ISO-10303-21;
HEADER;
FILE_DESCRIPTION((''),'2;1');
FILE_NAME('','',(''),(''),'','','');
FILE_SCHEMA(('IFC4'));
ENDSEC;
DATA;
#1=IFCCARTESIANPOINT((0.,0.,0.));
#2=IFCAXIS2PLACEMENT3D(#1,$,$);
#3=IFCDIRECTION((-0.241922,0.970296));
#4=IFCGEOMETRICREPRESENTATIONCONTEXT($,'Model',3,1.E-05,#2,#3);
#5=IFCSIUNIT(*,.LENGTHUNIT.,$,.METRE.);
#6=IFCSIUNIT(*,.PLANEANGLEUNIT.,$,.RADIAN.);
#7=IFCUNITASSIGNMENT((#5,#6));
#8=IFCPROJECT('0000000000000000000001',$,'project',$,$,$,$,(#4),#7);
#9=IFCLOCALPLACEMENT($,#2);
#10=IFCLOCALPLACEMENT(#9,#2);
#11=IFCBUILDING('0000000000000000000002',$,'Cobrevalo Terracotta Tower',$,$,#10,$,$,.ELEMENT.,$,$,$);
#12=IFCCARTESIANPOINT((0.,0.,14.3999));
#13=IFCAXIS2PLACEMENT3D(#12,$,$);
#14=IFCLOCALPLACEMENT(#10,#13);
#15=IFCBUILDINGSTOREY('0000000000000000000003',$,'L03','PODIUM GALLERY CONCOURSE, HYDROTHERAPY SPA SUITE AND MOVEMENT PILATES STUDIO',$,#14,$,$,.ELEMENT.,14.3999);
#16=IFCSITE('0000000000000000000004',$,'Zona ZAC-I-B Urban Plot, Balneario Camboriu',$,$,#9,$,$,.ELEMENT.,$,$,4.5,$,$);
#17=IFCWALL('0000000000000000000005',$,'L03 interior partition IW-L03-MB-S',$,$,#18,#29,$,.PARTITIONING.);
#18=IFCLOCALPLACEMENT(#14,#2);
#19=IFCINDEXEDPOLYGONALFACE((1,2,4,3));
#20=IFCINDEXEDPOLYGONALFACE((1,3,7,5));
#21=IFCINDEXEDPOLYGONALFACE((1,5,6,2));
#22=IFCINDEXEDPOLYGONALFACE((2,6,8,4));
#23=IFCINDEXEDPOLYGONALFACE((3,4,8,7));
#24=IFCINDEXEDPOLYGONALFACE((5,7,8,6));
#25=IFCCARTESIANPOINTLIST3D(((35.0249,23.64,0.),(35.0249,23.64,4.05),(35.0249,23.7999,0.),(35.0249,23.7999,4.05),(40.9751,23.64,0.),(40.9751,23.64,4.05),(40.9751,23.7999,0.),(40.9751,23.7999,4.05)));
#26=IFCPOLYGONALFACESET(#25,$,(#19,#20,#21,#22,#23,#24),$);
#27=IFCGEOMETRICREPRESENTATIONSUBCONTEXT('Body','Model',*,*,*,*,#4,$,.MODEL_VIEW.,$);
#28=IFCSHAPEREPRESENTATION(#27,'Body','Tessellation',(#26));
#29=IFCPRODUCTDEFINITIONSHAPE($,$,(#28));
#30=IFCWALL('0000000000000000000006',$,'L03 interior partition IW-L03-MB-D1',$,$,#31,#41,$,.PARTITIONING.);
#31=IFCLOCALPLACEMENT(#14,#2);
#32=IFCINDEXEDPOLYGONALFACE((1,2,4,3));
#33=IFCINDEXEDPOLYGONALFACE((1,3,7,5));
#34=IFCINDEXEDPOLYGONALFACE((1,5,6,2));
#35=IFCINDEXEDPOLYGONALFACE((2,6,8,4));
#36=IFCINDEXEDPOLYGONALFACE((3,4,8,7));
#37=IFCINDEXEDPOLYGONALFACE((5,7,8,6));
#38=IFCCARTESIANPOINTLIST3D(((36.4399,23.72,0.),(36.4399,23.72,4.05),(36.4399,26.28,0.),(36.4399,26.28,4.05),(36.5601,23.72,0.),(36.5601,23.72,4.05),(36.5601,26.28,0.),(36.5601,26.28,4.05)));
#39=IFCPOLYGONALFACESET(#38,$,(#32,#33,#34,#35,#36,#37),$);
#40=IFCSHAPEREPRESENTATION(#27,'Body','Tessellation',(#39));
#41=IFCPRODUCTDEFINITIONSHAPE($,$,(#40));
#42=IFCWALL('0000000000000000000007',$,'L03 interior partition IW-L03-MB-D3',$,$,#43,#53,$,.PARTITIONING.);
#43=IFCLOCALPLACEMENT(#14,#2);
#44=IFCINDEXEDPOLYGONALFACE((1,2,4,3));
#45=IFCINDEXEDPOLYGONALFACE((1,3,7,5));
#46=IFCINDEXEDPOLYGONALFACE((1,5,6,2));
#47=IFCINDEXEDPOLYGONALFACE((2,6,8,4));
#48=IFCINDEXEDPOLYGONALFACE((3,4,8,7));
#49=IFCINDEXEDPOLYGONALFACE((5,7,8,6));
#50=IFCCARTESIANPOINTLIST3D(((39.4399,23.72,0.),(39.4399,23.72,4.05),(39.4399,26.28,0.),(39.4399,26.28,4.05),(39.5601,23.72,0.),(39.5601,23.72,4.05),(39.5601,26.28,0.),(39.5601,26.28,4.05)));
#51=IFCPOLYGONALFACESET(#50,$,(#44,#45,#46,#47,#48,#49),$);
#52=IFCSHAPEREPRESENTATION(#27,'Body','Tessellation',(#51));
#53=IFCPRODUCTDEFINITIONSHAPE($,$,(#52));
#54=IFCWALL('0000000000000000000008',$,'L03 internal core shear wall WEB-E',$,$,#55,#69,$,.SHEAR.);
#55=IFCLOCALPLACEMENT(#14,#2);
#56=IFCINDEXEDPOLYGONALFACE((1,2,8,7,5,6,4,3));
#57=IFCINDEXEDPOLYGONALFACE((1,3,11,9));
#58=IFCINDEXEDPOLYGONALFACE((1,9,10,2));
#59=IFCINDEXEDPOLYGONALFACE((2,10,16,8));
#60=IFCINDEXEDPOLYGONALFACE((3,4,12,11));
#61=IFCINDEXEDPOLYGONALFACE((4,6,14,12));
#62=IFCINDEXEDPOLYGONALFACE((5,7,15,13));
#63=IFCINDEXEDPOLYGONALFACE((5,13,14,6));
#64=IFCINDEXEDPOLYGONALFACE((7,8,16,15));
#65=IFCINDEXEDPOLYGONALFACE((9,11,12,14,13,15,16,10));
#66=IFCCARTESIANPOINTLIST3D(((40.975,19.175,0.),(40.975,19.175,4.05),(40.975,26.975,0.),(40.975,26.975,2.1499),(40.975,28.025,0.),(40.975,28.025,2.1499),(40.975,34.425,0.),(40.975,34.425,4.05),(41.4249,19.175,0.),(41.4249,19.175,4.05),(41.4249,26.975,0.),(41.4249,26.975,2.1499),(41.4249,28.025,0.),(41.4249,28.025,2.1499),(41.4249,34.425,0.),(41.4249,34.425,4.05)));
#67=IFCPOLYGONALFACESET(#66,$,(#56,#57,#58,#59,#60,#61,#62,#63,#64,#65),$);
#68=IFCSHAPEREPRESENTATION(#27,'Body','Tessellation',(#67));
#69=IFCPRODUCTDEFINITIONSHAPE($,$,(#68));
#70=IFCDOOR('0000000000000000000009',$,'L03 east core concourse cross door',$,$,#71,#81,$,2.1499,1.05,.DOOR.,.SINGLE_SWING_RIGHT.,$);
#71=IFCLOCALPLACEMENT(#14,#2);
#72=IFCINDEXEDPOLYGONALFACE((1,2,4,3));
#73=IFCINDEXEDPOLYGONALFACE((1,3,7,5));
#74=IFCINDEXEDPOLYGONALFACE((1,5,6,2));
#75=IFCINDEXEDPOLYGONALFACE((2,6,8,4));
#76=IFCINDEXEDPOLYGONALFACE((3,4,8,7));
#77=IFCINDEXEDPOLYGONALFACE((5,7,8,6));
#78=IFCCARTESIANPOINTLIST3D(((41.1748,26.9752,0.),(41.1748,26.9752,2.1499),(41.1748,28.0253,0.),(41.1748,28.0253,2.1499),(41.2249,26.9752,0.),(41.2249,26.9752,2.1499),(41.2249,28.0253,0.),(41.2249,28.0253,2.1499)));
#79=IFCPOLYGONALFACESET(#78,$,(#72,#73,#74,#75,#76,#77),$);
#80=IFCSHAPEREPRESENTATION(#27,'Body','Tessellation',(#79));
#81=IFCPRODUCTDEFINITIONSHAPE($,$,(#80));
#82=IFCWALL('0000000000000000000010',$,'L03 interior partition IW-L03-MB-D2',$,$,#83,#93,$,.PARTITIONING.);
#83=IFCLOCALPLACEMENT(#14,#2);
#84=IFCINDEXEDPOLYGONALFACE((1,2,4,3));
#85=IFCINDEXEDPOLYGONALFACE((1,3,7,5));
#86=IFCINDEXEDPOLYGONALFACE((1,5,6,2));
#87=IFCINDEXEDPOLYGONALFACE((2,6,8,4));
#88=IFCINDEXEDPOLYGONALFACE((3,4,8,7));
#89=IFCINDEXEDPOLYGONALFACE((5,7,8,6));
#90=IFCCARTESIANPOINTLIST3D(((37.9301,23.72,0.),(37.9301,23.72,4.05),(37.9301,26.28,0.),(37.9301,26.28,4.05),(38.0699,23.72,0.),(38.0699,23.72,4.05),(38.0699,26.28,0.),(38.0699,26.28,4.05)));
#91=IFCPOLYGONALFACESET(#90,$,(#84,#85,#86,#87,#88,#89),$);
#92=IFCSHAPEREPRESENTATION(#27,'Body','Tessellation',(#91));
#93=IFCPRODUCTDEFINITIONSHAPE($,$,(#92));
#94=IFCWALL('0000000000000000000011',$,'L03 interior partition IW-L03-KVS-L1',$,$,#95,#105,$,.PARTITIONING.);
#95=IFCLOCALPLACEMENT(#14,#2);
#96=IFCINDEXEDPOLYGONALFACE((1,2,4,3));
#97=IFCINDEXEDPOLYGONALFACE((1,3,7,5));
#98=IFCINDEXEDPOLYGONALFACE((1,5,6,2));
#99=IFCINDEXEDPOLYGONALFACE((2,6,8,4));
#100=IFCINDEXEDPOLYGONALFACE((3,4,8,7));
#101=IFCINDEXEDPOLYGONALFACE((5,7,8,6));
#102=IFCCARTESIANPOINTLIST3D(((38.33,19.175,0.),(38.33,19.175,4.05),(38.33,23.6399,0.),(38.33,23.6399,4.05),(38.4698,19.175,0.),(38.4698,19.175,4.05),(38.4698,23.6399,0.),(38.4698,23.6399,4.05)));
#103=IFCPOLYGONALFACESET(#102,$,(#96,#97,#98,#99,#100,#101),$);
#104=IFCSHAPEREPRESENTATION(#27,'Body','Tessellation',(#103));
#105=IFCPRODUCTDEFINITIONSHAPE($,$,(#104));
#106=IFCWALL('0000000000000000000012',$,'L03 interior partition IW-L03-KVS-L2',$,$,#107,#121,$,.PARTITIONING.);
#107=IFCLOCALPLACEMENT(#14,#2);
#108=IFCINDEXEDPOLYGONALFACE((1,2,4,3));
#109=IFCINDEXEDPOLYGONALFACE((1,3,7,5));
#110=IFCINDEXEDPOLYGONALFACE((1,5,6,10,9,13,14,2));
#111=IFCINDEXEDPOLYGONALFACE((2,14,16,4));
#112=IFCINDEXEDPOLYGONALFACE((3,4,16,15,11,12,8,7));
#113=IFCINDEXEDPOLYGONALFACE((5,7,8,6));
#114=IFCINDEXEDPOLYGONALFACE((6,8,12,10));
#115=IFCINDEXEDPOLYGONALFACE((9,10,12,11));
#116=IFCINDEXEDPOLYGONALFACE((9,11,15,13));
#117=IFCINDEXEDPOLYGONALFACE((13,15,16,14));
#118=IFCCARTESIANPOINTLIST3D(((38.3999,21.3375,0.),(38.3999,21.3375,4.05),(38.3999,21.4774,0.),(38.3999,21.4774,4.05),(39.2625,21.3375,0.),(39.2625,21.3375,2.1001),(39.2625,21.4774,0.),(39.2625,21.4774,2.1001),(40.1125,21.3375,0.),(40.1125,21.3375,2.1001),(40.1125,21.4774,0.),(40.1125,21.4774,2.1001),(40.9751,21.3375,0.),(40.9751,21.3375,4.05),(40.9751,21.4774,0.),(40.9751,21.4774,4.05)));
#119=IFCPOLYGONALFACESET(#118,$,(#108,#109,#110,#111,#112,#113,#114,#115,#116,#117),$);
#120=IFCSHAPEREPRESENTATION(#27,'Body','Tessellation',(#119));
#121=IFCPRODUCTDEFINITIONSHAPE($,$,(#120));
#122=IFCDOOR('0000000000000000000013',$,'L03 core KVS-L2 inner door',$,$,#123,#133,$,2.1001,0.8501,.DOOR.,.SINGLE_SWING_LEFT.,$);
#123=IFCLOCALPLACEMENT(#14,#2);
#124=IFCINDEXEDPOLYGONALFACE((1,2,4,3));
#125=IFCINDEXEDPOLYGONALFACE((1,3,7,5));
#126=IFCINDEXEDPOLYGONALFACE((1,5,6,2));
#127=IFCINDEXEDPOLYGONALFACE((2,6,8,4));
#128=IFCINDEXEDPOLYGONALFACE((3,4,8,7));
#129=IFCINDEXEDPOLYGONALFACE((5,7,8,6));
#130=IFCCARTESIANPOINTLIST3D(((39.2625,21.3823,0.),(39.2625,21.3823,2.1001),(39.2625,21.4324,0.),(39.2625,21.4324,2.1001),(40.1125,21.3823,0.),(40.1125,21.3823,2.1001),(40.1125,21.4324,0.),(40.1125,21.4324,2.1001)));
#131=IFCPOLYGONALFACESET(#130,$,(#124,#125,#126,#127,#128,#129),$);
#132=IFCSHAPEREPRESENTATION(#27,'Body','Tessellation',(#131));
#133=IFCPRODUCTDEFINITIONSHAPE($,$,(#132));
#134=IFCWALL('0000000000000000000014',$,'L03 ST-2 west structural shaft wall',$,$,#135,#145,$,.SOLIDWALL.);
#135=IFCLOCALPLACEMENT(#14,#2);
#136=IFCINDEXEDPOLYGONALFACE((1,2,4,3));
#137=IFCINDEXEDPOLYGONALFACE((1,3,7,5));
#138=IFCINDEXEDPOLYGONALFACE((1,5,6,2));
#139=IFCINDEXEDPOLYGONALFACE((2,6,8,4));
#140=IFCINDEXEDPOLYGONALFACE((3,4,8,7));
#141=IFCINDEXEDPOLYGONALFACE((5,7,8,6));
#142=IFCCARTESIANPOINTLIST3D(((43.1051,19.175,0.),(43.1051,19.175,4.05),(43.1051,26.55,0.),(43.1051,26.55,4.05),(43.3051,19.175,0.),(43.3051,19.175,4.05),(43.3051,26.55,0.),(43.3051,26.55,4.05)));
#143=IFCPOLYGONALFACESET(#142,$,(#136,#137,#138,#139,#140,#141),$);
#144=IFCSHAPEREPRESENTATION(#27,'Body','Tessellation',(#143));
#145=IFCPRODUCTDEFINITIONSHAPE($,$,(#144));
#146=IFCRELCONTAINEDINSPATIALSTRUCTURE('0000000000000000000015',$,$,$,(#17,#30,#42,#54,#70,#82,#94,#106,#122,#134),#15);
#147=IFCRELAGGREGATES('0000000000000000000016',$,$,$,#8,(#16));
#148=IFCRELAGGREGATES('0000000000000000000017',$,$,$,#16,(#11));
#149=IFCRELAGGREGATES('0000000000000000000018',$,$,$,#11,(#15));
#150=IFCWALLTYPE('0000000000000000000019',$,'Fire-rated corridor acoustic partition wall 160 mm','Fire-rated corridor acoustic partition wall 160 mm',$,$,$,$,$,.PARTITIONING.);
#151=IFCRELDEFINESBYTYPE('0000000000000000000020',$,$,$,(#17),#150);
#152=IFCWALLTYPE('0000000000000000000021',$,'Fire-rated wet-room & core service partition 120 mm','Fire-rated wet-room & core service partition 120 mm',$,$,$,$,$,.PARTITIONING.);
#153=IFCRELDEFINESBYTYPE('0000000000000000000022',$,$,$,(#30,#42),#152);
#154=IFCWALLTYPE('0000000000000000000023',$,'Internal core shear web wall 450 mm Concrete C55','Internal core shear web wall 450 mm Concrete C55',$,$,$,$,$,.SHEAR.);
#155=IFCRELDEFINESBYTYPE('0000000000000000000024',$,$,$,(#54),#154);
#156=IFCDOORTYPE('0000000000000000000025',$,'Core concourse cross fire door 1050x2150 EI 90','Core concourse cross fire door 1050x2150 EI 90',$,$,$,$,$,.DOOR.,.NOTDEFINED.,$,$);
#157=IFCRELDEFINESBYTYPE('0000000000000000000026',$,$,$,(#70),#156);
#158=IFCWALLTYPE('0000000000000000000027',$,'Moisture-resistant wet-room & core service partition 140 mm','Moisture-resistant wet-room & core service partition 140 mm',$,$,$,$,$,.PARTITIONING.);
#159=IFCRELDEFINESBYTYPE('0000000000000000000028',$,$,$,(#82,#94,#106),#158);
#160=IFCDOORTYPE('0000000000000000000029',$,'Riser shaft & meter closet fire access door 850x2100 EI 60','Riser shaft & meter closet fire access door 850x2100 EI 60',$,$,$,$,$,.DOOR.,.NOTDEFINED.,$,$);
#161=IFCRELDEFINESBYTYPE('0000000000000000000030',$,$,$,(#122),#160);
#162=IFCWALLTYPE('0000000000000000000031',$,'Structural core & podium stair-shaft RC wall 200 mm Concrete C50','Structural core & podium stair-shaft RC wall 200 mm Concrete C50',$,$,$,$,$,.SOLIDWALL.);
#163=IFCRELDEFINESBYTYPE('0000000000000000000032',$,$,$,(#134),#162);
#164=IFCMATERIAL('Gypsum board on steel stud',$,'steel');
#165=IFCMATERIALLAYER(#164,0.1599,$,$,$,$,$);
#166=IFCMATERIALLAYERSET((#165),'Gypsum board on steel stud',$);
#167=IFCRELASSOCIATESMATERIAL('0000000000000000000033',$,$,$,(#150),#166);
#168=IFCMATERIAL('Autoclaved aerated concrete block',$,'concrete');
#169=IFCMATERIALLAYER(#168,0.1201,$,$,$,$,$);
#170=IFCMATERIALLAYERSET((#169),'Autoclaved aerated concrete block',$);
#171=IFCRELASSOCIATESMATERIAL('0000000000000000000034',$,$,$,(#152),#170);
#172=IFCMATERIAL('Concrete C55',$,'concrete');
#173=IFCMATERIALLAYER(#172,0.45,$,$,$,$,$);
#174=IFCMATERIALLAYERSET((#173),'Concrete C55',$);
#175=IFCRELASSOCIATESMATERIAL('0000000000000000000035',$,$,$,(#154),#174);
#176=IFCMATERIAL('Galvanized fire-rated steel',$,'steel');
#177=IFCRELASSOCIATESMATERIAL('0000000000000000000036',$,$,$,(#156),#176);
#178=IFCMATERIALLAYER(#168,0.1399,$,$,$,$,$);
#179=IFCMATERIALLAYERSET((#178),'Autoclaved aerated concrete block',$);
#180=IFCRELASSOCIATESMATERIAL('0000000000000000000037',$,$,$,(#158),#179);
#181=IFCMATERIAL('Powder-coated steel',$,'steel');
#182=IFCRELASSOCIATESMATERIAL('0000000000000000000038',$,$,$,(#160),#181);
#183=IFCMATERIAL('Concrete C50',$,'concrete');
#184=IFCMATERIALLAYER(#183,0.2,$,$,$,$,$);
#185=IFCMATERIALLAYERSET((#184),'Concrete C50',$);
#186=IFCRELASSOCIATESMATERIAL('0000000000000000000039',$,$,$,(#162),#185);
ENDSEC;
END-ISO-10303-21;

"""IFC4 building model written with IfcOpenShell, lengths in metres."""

from ifc_helpers import new_model, si_unit, direction, frame, frame_2d, origin, place, context, subcontext, project, spatial, rectangle, extrude, source, transform, mapped, material, layer, layer_set, type_object, element, fill, save


model = new_model("IFC4")

# Units and contexts
model_context = context("Model", 3, precision=1e-05, world=origin(), true_north=direction((-0.241922, 0.970296)))
body_context = subcontext(model_context, "Body", "Model", "MODEL_VIEW")
ifc_project = project(units=[si_unit("LENGTHUNIT", "METRE"), si_unit("PLANEANGLEUNIT", "RADIAN")], contexts=[model_context])

# Site, building, storey
site_placement = place(None, origin())
site = spatial("IfcSite", under=ifc_project, at=site_placement, Name="Zona ZAC-I-B Urban Plot, Balneario Camboriu", CompositionType="ELEMENT", RefElevation=4.5)
building_placement = place(site_placement, origin())
building = spatial("IfcBuilding", under=site, at=building_placement, Name="Cobrevalo Terracotta Tower", CompositionType="ELEMENT")
storey_placement = place(building_placement, frame((0.0, 0.0, 14.3999)))
storey = spatial("IfcBuildingStorey", under=building, at=storey_placement, Name="L03", Description="PODIUM GALLERY CONCOURSE, HYDROTHERAPY SPA SUITE AND MOVEMENT PILATES STUDIO", CompositionType="ELEMENT", Elevation=14.3999)

# Walls
ifc_material_1 = material(Name="Gypsum board on steel stud", Category="steel")
ifc_layer_1 = layer(ifc_material_1, 0.1599)
ifc_layer_set_1 = layer_set([ifc_layer_1], Name="Gypsum board on steel stud")
wall_type_1 = type_object("IfcWallType", Name="Fire-rated corridor acoustic partition wall 160 mm", Description="Fire-rated corridor acoustic partition wall 160 mm", PredefinedType="PARTITIONING", material=ifc_layer_set_1)
wall_1_placement = place(storey_placement, frame((35.0249, 23.72, 0.0), z_axis=(0.0, 0.0, 1.0), x_axis=(1.0, 0.0, 0.0)))
element("IfcWall", 1, at=wall_1_placement, inside=storey, type_object=wall_type_1, Name="L03 interior partition IW-L03-MB-S", PredefinedType="PARTITIONING", context=body_context, shape_type="SweptSolid", body=[
    extrude(rectangle(XDim=5.9502, YDim=0.1599, at=frame_2d((2.9751, 0.0))), origin(), (0.0, 0.0, 1.0), 4.05),
])
ifc_material_2 = material(Name="Autoclaved aerated concrete block", Category="concrete")
ifc_layer_2 = layer(ifc_material_2, 0.1201)
ifc_layer_set_2 = layer_set([ifc_layer_2], Name="Autoclaved aerated concrete block")
wall_type_2 = type_object("IfcWallType", Name="Fire-rated wet-room & core service partition 120 mm", Description="Fire-rated wet-room & core service partition 120 mm", PredefinedType="PARTITIONING", material=ifc_layer_set_2)
for number, where, z_axis, x_axis, name in (
    (2, (36.5, 23.72, 0.0), (0.0, 0.0, 1.0), (0.0, 1.0, 0.0), "L03 interior partition IW-L03-MB-D1"),
    (3, (39.5, 23.72, 0.0), (0.0, 0.0, 1.0), (0.0, 1.0, 0.0), "L03 interior partition IW-L03-MB-D3"),
):
    element("IfcWall", number, at=place(storey_placement, frame(where, z_axis=z_axis, x_axis=x_axis)), inside=storey, type_object=wall_type_2, Name=name, PredefinedType="PARTITIONING", context=body_context, shape_type="SweptSolid", body=[
        extrude(rectangle(XDim=2.5601, YDim=0.1201, at=frame_2d((1.28, 0.0))), origin(), (0.0, 0.0, 1.0), 4.05),
    ])

# Wall, opening, door
ifc_material_3 = material(Name="Concrete C55", Category="concrete")
ifc_layer_3 = layer(ifc_material_3, 0.45)
ifc_layer_set_3 = layer_set([ifc_layer_3], Name="Concrete C55")
wall_type_3 = type_object("IfcWallType", Name="Internal core shear web wall 450 mm Concrete C55", Description="Internal core shear web wall 450 mm Concrete C55", PredefinedType="SHEAR", material=ifc_layer_set_3)
wall_2_placement = place(storey_placement, frame((41.2, 19.175, 0.0), z_axis=(0.0, 0.0, 1.0), x_axis=(0.0, 1.0, 0.0)))
wall_2 = element("IfcWall", 4, at=wall_2_placement, inside=storey, type_object=wall_type_3, Name="L03 internal core shear wall WEB-E", PredefinedType="SHEAR", context=body_context, shape_type="SweptSolid", body=[
    extrude(rectangle(XDim=15.25, YDim=0.45, at=frame_2d((7.625, 0.0))), origin(), (0.0, 0.0, 1.0), 4.05),
])
opening_1_placement = place(wall_2_placement, frame((7.8, 0.0, 0.0)))
opening_1 = element("IfcOpeningElement", 5, at=opening_1_placement, cuts=wall_2, PredefinedType="OPENING", context=body_context, shape_type="SweptSolid", body=[
    extrude(rectangle(XDim=1.05, YDim=2.1499, at=frame_2d((0.5249, 1.075))), frame((0.0, 0.2349, 0.0), z_axis=(0.0, -1.0, 0.0), x_axis=(1.0, 0.0, 0.0)), (0.0, 0.0, 1.0), 0.47),
])
ifc_material_4 = material(Name="Galvanized fire-rated steel", Category="steel")
door_type_1 = type_object("IfcDoorType", Name="Core concourse cross fire door 1050x2150 EI 90", Description="Core concourse cross fire door 1050x2150 EI 90", OperationType="NOTDEFINED", PredefinedType="DOOR", material=ifc_material_4)
shared_shape_1 = source(origin(), body_context, "Body", "SweptSolid", [
    extrude(rectangle(XDim=1.05, YDim=2.1499, at=frame_2d((0.5249, 1.075))), frame((0.0, 0.0249, 0.0), z_axis=(0.0, -1.0, 0.0), x_axis=(1.0, 0.0, 0.0)), (0.0, 0.0, 1.0), 0.05),
])
door_1_placement = place(opening_1_placement, frame((1.05, 0.0, 0.0), z_axis=(0.0, 0.0, 1.0), x_axis=(-1.0, 0.0, 0.0)))
door_1 = element("IfcDoor", 6, at=door_1_placement, inside=storey, type_object=door_type_1, Name="L03 east core concourse cross door", OperationType="SINGLE_SWING_RIGHT", OverallHeight=2.1499, OverallWidth=1.05, PredefinedType="DOOR", context=body_context, shape_type="MappedRepresentation", body=[
    mapped(shared_shape_1, transform((0.0, 0.0, 0.0), scale=1.0)),
])
fill(opening_1, door_1)

# Walls
ifc_layer_4 = layer(ifc_material_2, 0.1399)
ifc_layer_set_4 = layer_set([ifc_layer_4], Name="Autoclaved aerated concrete block")
wall_type_4 = type_object("IfcWallType", Name="Moisture-resistant wet-room & core service partition 140 mm", Description="Moisture-resistant wet-room & core service partition 140 mm", PredefinedType="PARTITIONING", material=ifc_layer_set_4)
wall_3_placement = place(storey_placement, frame((38.0, 23.72, 0.0), z_axis=(0.0, 0.0, 1.0), x_axis=(0.0, 1.0, 0.0)))
element("IfcWall", 7, at=wall_3_placement, inside=storey, type_object=wall_type_4, Name="L03 interior partition IW-L03-MB-D2", PredefinedType="PARTITIONING", context=body_context, shape_type="SweptSolid", body=[
    extrude(rectangle(XDim=2.5601, YDim=0.1399, at=frame_2d((1.28, 0.0))), origin(), (0.0, 0.0, 1.0), 4.05),
])
wall_4_placement = place(storey_placement, frame((38.3999, 19.175, 0.0), z_axis=(0.0, 0.0, 1.0), x_axis=(0.0, 1.0, 0.0)))
element("IfcWall", 8, at=wall_4_placement, inside=storey, type_object=wall_type_4, Name="L03 interior partition IW-L03-KVS-L1", PredefinedType="PARTITIONING", context=body_context, shape_type="SweptSolid", body=[
    extrude(rectangle(XDim=4.4648, YDim=0.1399, at=frame_2d((2.2324, 0.0))), origin(), (0.0, 0.0, 1.0), 4.05),
])

# Wall, opening, door
wall_5_placement = place(storey_placement, frame((38.3999, 21.4075, 0.0), z_axis=(0.0, 0.0, 1.0), x_axis=(1.0, 0.0, 0.0)))
wall_5 = element("IfcWall", 9, at=wall_5_placement, inside=storey, type_object=wall_type_4, Name="L03 interior partition IW-L03-KVS-L2", PredefinedType="PARTITIONING", context=body_context, shape_type="SweptSolid", body=[
    extrude(rectangle(XDim=2.5752, YDim=0.1399, at=frame_2d((1.2876, 0.0))), origin(), (0.0, 0.0, 1.0), 4.05),
])
opening_2_placement = place(wall_5_placement, frame((0.8625, 0.0, 0.0)))
opening_2 = element("IfcOpeningElement", 10, at=opening_2_placement, cuts=wall_5, PredefinedType="OPENING", context=body_context, shape_type="SweptSolid", body=[
    extrude(rectangle(XDim=0.8501, YDim=2.1001, at=frame_2d((0.425, 1.05))), frame((0.0, 0.0801, 0.0), z_axis=(0.0, -1.0, 0.0), x_axis=(1.0, 0.0, 0.0)), (0.0, 0.0, 1.0), 0.1599),
])
ifc_material_5 = material(Name="Powder-coated steel", Category="steel")
door_type_2 = type_object("IfcDoorType", Name="Riser shaft & meter closet fire access door 850x2100 EI 60", Description="Riser shaft & meter closet fire access door 850x2100 EI 60", OperationType="NOTDEFINED", PredefinedType="DOOR", material=ifc_material_5)
shared_shape_2 = source(origin(), body_context, "Body", "SweptSolid", [
    extrude(rectangle(XDim=0.8501, YDim=2.1001, at=frame_2d((0.425, 1.05))), frame((0.0, 0.0249, 0.0), z_axis=(0.0, -1.0, 0.0), x_axis=(1.0, 0.0, 0.0)), (0.0, 0.0, 1.0), 0.05),
])
door_2_placement = place(opening_2_placement, origin())
door_2 = element("IfcDoor", 11, at=door_2_placement, inside=storey, type_object=door_type_2, Name="L03 core KVS-L2 inner door", OperationType="SINGLE_SWING_LEFT", OverallHeight=2.1001, OverallWidth=0.8501, PredefinedType="DOOR", context=body_context, shape_type="MappedRepresentation", body=[
    mapped(shared_shape_2, transform((0.0, 0.0, 0.0), scale=1.0)),
])
fill(opening_2, door_2)

# Wall
ifc_material_6 = material(Name="Concrete C50", Category="concrete")
ifc_layer_5 = layer(ifc_material_6, 0.2)
ifc_layer_set_5 = layer_set([ifc_layer_5], Name="Concrete C50")
wall_type_5 = type_object("IfcWallType", Name="Structural core & podium stair-shaft RC wall 200 mm Concrete C50", Description="Structural core & podium stair-shaft RC wall 200 mm Concrete C50", PredefinedType="SOLIDWALL", material=ifc_layer_set_5)
wall_6_placement = place(storey_placement, frame((43.2051, 19.175, 0.0), z_axis=(0.0, 0.0, 1.0), x_axis=(0.0, 1.0, 0.0)))
element("IfcWall", 12, at=wall_6_placement, inside=storey, type_object=wall_type_5, Name="L03 ST-2 west structural shaft wall", PredefinedType="SOLIDWALL", context=body_context, shape_type="SweptSolid", body=[
    extrude(rectangle(XDim=7.375, YDim=0.2, at=frame_2d((3.6875, 0.0))), origin(), (0.0, 0.0, 1.0), 4.05),
])

save(model, "model.ifc")
